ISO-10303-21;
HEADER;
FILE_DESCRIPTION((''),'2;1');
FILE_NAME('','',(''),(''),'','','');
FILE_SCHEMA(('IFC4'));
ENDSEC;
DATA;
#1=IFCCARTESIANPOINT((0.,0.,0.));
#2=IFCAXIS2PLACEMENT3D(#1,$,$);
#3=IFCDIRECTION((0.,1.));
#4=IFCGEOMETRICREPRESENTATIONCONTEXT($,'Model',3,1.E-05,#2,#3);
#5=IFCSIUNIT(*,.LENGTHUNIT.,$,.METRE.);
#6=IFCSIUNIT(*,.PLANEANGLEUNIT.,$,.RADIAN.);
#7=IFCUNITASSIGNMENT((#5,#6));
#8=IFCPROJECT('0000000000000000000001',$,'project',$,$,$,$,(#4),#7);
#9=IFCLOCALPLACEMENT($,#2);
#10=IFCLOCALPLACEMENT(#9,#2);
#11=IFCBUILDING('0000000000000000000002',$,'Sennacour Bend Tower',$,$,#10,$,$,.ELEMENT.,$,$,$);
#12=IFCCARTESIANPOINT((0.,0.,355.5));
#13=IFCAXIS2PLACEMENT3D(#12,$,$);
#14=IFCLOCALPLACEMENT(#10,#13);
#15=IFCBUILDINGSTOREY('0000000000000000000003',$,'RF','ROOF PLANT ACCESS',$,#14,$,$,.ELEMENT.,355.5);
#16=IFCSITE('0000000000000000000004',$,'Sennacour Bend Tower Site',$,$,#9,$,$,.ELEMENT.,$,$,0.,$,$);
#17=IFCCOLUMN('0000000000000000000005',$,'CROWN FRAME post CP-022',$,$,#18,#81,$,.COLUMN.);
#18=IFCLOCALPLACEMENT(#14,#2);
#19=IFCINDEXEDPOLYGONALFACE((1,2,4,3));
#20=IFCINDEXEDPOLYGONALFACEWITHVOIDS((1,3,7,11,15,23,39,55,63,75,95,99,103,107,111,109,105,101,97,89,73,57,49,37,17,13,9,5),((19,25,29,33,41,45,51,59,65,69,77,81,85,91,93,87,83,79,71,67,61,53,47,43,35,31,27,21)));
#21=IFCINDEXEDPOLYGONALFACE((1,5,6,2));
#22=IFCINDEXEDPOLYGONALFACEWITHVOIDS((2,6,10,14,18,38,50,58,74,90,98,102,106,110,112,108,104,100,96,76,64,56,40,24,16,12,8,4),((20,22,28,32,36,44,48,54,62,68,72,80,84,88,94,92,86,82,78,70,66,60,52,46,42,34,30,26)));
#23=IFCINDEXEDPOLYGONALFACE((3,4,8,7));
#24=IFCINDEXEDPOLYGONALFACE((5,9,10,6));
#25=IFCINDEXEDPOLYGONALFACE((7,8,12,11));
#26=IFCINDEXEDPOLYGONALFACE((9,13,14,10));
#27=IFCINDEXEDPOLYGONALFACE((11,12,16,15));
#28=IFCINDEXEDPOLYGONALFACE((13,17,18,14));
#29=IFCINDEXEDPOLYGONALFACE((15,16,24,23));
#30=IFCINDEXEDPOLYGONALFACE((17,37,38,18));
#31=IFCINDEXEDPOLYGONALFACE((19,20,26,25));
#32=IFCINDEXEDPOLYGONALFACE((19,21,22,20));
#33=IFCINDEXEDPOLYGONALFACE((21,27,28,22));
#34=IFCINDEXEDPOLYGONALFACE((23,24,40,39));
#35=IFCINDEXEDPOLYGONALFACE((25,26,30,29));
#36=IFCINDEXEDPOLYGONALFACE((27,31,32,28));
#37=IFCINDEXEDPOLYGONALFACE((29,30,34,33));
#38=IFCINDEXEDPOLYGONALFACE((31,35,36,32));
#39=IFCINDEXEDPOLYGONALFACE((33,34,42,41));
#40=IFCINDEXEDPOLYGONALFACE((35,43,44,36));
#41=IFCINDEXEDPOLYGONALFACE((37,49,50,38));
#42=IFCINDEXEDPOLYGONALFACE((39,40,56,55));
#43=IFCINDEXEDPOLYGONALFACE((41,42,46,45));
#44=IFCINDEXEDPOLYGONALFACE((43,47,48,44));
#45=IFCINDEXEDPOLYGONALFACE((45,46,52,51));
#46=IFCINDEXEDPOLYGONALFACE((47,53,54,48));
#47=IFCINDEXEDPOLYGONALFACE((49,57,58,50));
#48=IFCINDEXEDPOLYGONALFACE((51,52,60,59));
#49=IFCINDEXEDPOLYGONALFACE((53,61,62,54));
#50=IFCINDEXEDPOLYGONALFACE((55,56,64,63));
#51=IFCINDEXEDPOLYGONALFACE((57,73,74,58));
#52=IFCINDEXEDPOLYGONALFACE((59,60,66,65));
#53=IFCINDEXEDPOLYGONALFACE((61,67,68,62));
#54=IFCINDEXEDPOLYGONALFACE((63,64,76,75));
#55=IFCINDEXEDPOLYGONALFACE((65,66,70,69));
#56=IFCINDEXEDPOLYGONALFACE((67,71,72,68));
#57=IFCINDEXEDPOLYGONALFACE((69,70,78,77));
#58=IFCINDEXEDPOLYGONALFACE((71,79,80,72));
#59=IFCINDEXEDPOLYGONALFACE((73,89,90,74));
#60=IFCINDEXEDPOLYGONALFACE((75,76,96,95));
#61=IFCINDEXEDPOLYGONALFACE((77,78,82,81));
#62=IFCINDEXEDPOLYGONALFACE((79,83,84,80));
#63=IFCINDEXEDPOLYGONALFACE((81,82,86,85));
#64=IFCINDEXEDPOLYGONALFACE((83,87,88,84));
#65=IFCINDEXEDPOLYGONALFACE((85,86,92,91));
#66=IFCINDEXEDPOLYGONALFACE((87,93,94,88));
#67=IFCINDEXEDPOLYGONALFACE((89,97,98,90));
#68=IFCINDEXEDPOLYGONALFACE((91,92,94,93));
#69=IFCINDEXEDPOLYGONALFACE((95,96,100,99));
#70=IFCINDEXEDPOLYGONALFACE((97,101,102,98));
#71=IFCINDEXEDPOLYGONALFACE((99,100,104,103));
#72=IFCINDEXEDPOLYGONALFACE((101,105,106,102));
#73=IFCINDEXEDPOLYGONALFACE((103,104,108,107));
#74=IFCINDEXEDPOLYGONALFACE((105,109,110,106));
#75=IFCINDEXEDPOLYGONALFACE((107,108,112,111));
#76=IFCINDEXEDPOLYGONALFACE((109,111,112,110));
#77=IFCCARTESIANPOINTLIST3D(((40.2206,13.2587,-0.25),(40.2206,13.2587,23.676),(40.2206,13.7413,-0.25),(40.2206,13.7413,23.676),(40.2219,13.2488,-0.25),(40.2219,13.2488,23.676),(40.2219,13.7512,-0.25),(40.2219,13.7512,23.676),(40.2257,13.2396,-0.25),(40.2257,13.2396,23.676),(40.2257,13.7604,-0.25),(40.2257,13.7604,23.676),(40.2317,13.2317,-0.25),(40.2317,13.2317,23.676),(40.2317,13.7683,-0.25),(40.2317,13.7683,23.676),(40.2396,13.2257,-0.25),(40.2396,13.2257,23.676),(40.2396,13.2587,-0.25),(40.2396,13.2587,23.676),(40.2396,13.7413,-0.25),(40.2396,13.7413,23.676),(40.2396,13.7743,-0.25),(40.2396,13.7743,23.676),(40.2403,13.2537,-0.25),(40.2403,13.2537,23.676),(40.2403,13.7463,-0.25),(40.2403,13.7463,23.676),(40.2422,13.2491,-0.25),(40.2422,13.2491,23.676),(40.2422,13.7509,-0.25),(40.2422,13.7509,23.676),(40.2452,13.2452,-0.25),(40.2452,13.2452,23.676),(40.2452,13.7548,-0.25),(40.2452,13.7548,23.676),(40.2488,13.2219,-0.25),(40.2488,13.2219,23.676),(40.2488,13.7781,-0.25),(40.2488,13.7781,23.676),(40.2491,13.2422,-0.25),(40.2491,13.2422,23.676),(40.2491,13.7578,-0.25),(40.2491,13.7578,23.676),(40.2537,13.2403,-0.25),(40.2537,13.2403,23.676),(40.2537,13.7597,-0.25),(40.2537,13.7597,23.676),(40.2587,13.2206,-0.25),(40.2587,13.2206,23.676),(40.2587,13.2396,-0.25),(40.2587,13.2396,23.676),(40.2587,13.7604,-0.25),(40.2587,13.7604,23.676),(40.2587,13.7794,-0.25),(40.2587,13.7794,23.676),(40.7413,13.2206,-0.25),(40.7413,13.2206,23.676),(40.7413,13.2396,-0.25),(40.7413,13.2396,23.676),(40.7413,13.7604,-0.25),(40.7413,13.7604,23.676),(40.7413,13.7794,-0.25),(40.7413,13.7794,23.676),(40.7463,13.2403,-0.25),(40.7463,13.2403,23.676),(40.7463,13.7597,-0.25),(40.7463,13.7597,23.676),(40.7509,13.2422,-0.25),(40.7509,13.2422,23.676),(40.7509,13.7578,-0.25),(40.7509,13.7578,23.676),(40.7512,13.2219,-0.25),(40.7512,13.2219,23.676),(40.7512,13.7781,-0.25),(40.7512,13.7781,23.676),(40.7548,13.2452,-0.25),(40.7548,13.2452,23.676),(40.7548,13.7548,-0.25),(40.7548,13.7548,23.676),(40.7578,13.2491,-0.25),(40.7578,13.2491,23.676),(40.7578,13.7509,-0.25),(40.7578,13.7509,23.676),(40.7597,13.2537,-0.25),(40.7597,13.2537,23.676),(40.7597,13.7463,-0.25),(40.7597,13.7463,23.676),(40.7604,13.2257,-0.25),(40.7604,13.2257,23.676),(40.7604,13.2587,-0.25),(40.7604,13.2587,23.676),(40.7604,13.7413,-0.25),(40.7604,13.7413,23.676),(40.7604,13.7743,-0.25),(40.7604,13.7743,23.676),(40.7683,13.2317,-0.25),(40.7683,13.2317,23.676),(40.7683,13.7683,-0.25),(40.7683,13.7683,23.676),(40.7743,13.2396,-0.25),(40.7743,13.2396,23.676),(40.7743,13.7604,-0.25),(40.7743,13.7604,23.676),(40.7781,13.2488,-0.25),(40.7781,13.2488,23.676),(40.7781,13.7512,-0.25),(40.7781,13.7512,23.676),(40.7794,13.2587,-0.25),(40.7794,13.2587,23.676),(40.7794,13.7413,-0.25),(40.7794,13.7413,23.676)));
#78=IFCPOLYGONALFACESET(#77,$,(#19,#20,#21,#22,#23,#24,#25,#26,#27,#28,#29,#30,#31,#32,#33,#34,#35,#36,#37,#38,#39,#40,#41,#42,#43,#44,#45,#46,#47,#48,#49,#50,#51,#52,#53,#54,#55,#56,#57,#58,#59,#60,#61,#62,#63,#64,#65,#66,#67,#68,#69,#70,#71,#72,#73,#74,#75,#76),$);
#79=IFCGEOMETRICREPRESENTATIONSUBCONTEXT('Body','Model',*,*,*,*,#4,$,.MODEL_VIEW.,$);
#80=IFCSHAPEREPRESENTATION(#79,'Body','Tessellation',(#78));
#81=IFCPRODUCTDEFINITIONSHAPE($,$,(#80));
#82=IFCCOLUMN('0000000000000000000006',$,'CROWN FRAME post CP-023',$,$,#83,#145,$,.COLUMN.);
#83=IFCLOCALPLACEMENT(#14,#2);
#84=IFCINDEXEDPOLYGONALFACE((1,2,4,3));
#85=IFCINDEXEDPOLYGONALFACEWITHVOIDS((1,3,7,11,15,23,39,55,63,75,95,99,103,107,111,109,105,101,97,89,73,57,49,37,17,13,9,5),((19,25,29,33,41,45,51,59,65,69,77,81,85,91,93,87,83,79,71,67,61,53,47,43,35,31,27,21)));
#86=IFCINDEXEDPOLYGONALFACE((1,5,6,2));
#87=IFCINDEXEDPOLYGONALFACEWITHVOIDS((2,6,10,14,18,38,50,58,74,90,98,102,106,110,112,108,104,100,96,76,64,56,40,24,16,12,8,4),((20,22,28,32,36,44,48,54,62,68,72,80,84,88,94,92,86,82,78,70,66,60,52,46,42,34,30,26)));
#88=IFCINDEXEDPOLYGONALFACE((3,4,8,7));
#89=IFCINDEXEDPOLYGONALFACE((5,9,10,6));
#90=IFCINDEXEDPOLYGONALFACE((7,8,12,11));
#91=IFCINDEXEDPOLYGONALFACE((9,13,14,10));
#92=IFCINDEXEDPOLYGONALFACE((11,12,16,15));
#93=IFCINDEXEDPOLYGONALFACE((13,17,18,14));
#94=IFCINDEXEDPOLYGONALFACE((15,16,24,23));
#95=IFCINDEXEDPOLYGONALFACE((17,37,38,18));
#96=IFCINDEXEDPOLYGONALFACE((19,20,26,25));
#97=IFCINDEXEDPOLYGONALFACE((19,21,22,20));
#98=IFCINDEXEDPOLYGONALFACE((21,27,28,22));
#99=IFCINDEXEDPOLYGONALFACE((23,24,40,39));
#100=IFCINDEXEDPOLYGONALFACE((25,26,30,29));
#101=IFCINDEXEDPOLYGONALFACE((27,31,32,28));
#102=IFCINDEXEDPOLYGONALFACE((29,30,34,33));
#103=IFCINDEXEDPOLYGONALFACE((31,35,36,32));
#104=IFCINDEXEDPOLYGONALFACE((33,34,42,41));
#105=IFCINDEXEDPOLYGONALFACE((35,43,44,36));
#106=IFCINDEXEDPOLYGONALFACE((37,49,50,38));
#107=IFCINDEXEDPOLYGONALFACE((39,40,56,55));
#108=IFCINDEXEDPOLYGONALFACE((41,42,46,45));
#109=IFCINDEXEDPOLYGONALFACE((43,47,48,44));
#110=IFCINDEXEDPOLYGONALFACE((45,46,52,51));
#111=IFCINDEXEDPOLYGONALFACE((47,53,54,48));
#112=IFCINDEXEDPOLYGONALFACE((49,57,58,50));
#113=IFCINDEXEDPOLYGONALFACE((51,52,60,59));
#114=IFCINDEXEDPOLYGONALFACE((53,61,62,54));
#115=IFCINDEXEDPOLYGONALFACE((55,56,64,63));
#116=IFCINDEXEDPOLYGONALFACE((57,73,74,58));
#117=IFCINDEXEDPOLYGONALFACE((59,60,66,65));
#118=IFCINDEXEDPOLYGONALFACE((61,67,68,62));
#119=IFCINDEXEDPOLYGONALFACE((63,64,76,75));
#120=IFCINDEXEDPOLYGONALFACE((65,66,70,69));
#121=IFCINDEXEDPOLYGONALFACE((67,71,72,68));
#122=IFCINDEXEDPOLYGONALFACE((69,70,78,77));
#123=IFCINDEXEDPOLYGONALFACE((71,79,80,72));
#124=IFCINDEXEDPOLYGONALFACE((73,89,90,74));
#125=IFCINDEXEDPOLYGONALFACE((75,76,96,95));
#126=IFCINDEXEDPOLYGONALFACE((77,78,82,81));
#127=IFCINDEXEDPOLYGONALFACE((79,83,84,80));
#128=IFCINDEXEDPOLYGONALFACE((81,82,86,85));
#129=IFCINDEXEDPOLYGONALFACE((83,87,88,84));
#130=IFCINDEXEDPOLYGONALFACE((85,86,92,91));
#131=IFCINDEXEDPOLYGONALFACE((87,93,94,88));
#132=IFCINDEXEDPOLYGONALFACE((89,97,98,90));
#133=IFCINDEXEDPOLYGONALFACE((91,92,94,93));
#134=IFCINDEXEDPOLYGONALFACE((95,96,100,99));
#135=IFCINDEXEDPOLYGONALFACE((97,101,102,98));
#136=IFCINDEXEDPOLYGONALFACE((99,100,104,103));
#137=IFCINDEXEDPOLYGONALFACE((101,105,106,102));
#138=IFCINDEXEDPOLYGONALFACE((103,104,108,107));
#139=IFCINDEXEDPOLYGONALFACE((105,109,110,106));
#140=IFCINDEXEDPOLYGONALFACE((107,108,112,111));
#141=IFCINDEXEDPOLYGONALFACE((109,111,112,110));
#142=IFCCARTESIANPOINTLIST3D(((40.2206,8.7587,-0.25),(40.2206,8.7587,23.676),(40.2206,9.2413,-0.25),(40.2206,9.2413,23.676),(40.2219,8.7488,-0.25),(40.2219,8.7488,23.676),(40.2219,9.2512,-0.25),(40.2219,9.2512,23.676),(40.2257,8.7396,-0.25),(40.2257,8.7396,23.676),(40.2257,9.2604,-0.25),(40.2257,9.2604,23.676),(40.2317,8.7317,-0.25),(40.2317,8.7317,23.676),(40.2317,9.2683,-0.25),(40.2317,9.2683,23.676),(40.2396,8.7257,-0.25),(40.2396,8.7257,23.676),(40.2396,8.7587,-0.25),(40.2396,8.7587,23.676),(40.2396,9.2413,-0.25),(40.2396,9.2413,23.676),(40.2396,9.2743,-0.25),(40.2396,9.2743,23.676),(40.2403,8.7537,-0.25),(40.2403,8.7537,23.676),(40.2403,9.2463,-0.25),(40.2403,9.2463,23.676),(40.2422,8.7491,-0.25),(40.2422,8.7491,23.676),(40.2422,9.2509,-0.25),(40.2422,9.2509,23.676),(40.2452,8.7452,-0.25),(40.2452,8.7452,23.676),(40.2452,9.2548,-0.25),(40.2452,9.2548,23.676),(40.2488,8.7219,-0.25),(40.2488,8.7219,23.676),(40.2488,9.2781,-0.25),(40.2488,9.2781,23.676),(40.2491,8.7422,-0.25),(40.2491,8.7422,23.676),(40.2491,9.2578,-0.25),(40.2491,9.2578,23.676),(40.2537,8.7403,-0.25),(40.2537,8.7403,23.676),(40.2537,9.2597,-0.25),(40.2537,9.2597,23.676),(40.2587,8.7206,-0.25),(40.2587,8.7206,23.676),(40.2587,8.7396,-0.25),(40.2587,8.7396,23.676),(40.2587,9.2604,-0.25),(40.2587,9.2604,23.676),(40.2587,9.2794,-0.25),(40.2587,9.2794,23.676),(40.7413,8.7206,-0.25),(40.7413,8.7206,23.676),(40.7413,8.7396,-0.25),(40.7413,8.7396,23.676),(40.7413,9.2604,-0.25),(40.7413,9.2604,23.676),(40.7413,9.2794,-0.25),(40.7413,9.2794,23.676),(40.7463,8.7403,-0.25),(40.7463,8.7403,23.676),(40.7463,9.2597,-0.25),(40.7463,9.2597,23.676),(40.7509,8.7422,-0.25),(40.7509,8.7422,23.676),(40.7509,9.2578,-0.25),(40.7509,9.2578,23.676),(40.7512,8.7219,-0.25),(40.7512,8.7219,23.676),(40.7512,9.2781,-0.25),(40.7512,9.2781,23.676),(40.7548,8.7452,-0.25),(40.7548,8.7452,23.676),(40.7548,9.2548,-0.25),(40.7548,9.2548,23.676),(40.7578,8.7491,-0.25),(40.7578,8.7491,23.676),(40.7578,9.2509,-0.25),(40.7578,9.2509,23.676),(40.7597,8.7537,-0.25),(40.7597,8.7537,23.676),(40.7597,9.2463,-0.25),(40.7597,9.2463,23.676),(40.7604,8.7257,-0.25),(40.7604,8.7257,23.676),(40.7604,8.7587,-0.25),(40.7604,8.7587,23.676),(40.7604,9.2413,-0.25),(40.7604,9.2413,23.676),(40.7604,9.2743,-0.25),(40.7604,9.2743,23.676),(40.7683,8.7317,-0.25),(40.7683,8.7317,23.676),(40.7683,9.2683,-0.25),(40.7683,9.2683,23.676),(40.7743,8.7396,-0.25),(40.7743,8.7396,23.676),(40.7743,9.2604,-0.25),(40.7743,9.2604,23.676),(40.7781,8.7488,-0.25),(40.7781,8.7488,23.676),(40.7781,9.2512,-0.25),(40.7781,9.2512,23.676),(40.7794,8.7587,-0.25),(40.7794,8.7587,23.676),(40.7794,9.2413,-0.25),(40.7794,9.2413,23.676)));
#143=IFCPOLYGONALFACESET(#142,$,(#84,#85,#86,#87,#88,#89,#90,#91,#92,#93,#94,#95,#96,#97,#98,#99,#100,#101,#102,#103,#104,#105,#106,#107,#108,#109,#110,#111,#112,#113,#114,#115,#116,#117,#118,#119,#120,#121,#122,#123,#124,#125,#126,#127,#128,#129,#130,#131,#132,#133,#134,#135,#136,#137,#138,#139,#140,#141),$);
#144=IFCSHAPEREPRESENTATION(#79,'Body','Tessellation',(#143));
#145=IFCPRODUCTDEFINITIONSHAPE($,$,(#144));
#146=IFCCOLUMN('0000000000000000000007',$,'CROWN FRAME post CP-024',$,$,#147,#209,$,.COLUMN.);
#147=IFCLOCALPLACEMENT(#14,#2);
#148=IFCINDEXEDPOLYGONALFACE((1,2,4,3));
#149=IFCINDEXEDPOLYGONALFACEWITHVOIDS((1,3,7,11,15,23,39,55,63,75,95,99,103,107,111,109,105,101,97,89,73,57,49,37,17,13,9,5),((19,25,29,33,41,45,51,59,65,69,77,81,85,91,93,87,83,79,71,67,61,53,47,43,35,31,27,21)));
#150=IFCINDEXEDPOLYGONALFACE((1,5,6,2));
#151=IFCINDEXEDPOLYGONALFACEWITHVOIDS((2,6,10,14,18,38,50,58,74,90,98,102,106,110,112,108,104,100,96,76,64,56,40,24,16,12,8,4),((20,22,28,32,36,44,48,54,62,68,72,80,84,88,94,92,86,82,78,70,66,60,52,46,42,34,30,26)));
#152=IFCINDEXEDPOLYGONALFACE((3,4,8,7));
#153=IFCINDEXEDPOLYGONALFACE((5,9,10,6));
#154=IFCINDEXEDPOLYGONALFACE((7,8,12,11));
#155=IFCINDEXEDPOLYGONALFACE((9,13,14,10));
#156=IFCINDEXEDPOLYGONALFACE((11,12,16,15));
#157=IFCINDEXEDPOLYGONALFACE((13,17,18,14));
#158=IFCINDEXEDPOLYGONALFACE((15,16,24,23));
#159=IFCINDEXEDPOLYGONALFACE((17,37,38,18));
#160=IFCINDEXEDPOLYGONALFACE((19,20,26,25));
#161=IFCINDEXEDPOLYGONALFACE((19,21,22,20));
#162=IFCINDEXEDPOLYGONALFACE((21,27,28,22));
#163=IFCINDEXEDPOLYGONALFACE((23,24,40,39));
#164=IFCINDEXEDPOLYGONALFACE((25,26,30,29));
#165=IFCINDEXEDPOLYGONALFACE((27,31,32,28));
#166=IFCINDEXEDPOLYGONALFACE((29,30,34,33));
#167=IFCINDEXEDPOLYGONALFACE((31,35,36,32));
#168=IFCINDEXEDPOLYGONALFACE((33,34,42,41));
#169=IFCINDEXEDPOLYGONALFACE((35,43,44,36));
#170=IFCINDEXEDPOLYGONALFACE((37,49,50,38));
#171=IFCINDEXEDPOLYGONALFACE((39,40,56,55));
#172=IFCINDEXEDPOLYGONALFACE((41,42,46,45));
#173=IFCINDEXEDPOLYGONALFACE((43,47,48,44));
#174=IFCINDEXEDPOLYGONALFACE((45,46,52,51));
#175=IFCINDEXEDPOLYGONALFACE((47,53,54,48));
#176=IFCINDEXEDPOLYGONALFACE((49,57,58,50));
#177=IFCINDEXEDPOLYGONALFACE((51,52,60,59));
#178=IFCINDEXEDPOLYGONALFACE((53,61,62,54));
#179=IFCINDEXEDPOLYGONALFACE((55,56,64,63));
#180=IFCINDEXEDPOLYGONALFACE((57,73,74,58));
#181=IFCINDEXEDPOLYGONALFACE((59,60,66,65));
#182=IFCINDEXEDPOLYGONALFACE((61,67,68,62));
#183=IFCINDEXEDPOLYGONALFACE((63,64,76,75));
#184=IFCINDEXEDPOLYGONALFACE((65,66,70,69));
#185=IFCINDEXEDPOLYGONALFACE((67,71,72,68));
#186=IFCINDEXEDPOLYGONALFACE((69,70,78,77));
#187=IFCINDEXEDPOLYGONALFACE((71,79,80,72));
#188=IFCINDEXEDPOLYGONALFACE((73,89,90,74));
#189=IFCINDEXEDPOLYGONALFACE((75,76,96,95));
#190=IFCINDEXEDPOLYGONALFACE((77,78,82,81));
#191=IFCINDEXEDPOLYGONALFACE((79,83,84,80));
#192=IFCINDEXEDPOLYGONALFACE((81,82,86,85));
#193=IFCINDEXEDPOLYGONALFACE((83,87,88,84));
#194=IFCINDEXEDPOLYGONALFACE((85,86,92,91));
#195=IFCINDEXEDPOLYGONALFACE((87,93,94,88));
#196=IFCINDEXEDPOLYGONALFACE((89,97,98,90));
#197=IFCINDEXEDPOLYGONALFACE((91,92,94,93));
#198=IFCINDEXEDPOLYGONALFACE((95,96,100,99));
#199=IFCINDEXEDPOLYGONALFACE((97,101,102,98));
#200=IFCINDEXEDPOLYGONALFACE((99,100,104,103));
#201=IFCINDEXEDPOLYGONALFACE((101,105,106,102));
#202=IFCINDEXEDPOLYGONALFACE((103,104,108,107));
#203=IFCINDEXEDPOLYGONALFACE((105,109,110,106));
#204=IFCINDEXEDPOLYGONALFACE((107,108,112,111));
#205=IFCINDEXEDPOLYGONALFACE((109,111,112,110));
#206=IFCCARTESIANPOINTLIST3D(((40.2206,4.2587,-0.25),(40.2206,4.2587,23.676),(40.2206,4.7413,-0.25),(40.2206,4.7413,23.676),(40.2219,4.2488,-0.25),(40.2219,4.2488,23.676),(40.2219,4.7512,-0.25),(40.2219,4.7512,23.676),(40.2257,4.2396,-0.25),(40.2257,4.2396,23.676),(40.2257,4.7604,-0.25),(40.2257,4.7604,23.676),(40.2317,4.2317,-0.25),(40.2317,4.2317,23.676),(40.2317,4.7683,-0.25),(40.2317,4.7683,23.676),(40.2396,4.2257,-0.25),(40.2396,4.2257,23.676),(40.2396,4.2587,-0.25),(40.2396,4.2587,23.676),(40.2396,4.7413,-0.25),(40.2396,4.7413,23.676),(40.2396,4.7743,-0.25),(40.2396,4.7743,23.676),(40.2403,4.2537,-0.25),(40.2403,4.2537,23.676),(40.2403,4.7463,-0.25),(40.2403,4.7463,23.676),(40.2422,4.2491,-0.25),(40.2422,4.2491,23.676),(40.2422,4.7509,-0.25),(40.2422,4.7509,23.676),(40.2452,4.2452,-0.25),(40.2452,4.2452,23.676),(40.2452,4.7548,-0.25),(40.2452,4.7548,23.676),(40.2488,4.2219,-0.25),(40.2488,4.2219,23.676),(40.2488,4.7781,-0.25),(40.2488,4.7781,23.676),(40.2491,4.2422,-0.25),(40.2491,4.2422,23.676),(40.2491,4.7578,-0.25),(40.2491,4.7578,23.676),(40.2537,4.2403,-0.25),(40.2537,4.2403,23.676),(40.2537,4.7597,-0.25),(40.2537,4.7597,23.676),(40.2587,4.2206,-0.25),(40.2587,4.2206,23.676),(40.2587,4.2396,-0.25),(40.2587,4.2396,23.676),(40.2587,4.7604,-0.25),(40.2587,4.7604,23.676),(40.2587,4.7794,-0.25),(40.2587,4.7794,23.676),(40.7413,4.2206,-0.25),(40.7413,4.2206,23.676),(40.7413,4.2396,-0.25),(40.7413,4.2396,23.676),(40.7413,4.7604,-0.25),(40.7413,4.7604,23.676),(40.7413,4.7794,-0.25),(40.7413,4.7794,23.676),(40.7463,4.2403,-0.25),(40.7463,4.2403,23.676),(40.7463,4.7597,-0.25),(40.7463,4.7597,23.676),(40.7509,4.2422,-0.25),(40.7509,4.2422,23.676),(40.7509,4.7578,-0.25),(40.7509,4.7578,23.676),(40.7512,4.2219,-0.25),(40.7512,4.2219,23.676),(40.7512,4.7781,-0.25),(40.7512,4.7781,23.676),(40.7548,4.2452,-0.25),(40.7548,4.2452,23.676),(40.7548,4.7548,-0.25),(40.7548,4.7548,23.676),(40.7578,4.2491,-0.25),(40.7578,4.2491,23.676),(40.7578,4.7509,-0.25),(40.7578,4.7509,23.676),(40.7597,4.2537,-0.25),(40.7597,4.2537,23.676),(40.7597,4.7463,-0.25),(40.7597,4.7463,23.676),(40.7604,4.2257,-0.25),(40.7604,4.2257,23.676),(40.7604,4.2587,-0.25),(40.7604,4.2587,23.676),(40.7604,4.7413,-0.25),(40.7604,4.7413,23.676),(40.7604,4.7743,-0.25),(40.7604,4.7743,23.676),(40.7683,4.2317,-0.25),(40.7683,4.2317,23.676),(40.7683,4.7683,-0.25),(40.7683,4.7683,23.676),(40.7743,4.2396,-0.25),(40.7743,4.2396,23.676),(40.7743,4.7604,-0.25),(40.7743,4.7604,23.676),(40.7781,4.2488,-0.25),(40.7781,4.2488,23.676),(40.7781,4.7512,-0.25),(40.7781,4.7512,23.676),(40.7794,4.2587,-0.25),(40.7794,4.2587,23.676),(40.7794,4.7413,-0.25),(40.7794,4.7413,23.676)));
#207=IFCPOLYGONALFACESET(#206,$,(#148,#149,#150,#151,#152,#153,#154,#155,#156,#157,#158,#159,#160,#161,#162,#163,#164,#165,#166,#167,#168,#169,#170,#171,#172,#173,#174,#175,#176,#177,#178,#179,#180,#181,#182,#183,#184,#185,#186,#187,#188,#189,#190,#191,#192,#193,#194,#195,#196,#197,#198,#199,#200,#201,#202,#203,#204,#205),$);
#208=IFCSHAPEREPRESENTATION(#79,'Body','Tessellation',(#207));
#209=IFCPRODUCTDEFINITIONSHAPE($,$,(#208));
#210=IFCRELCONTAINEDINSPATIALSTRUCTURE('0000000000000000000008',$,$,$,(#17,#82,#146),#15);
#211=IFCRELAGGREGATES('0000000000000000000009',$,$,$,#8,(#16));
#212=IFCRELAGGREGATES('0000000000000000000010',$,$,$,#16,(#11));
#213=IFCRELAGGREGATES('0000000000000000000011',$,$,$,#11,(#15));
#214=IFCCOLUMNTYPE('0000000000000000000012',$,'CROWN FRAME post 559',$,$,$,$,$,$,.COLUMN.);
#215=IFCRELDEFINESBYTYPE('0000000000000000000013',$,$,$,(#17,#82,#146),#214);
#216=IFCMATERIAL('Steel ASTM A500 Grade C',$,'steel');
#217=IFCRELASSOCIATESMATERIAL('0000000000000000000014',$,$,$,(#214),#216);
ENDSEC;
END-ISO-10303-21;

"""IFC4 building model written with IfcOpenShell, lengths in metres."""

from ifc_helpers import new_model, si_unit, direction, frame, origin, origin_2d, place, context, subcontext, project, spatial, hollow_rectangle, extrude, material, material_profile, profile_set, type_object, element, save


model = new_model("IFC4")

# Units and contexts
model_context = context("Model", 3, precision=1e-05, world=origin(), true_north=direction((0.0, 1.0)))
body_context = subcontext(model_context, "Body", "Model", "MODEL_VIEW")
ifc_project = project(units=[si_unit("LENGTHUNIT", "METRE"), si_unit("PLANEANGLEUNIT", "RADIAN")], contexts=[model_context])

# Site, building, storey
site_placement = place(None, origin())
site = spatial("IfcSite", under=ifc_project, at=site_placement, Name="Sennacour Bend Tower Site", CompositionType="ELEMENT", RefElevation=0.0)
building_placement = place(site_placement, origin())
building = spatial("IfcBuilding", under=site, at=building_placement, Name="Sennacour Bend Tower", CompositionType="ELEMENT")
storey_placement = place(building_placement, frame((0.0, 0.0, 355.5)))
storey = spatial("IfcBuildingStorey", under=building, at=storey_placement, Name="RF", Description="ROOF PLANT ACCESS", CompositionType="ELEMENT", Elevation=355.5)

# Columns
ifc_material_1 = material(Name="Steel ASTM A500 Grade C", Category="steel")
ifc_material_profile_1 = material_profile(ifc_material_1, hollow_rectangle(XDim=0.5588, YDim=0.5588, WallThickness=0.019, InnerFilletRadius=0.019, OuterFilletRadius=0.0381, at=origin_2d()), Name="Steel ASTM A500 Grade C", Category="steel")
ifc_profile_set_1 = profile_set([ifc_material_profile_1], Name="Steel ASTM A500 Grade C")
column_type = type_object("IfcColumnType", Name="CROWN FRAME post 559", PredefinedType="COLUMN", material=ifc_profile_set_1)
for number, where, z_axis, x_axis, name in (
    (1, (40.5, 13.5, -0.25), (0.0, 0.0, 1.0), (1.0, 0.0, 0.0), "CROWN FRAME post CP-022"),
    (2, (40.5, 9.0, -0.25), (0.0, 0.0, 1.0), (1.0, 0.0, 0.0), "CROWN FRAME post CP-023"),
    (3, (40.5, 4.5, -0.25), (0.0, 0.0, 1.0), (1.0, 0.0, 0.0), "CROWN FRAME post CP-024"),
):
    element("IfcColumn", number, at=place(storey_placement, frame(where, z_axis=z_axis, x_axis=x_axis)), inside=storey, type_object=column_type, Name=name, PredefinedType="COLUMN", context=body_context, shape_type="SweptSolid", body=[
        extrude(hollow_rectangle(XDim=0.5588, YDim=0.5588, WallThickness=0.019, InnerFilletRadius=0.019, OuterFilletRadius=0.0381, at=origin_2d()), origin(), (0.0, 0.0, 1.0), 23.926),
    ])

save(model, "model.ifc")
